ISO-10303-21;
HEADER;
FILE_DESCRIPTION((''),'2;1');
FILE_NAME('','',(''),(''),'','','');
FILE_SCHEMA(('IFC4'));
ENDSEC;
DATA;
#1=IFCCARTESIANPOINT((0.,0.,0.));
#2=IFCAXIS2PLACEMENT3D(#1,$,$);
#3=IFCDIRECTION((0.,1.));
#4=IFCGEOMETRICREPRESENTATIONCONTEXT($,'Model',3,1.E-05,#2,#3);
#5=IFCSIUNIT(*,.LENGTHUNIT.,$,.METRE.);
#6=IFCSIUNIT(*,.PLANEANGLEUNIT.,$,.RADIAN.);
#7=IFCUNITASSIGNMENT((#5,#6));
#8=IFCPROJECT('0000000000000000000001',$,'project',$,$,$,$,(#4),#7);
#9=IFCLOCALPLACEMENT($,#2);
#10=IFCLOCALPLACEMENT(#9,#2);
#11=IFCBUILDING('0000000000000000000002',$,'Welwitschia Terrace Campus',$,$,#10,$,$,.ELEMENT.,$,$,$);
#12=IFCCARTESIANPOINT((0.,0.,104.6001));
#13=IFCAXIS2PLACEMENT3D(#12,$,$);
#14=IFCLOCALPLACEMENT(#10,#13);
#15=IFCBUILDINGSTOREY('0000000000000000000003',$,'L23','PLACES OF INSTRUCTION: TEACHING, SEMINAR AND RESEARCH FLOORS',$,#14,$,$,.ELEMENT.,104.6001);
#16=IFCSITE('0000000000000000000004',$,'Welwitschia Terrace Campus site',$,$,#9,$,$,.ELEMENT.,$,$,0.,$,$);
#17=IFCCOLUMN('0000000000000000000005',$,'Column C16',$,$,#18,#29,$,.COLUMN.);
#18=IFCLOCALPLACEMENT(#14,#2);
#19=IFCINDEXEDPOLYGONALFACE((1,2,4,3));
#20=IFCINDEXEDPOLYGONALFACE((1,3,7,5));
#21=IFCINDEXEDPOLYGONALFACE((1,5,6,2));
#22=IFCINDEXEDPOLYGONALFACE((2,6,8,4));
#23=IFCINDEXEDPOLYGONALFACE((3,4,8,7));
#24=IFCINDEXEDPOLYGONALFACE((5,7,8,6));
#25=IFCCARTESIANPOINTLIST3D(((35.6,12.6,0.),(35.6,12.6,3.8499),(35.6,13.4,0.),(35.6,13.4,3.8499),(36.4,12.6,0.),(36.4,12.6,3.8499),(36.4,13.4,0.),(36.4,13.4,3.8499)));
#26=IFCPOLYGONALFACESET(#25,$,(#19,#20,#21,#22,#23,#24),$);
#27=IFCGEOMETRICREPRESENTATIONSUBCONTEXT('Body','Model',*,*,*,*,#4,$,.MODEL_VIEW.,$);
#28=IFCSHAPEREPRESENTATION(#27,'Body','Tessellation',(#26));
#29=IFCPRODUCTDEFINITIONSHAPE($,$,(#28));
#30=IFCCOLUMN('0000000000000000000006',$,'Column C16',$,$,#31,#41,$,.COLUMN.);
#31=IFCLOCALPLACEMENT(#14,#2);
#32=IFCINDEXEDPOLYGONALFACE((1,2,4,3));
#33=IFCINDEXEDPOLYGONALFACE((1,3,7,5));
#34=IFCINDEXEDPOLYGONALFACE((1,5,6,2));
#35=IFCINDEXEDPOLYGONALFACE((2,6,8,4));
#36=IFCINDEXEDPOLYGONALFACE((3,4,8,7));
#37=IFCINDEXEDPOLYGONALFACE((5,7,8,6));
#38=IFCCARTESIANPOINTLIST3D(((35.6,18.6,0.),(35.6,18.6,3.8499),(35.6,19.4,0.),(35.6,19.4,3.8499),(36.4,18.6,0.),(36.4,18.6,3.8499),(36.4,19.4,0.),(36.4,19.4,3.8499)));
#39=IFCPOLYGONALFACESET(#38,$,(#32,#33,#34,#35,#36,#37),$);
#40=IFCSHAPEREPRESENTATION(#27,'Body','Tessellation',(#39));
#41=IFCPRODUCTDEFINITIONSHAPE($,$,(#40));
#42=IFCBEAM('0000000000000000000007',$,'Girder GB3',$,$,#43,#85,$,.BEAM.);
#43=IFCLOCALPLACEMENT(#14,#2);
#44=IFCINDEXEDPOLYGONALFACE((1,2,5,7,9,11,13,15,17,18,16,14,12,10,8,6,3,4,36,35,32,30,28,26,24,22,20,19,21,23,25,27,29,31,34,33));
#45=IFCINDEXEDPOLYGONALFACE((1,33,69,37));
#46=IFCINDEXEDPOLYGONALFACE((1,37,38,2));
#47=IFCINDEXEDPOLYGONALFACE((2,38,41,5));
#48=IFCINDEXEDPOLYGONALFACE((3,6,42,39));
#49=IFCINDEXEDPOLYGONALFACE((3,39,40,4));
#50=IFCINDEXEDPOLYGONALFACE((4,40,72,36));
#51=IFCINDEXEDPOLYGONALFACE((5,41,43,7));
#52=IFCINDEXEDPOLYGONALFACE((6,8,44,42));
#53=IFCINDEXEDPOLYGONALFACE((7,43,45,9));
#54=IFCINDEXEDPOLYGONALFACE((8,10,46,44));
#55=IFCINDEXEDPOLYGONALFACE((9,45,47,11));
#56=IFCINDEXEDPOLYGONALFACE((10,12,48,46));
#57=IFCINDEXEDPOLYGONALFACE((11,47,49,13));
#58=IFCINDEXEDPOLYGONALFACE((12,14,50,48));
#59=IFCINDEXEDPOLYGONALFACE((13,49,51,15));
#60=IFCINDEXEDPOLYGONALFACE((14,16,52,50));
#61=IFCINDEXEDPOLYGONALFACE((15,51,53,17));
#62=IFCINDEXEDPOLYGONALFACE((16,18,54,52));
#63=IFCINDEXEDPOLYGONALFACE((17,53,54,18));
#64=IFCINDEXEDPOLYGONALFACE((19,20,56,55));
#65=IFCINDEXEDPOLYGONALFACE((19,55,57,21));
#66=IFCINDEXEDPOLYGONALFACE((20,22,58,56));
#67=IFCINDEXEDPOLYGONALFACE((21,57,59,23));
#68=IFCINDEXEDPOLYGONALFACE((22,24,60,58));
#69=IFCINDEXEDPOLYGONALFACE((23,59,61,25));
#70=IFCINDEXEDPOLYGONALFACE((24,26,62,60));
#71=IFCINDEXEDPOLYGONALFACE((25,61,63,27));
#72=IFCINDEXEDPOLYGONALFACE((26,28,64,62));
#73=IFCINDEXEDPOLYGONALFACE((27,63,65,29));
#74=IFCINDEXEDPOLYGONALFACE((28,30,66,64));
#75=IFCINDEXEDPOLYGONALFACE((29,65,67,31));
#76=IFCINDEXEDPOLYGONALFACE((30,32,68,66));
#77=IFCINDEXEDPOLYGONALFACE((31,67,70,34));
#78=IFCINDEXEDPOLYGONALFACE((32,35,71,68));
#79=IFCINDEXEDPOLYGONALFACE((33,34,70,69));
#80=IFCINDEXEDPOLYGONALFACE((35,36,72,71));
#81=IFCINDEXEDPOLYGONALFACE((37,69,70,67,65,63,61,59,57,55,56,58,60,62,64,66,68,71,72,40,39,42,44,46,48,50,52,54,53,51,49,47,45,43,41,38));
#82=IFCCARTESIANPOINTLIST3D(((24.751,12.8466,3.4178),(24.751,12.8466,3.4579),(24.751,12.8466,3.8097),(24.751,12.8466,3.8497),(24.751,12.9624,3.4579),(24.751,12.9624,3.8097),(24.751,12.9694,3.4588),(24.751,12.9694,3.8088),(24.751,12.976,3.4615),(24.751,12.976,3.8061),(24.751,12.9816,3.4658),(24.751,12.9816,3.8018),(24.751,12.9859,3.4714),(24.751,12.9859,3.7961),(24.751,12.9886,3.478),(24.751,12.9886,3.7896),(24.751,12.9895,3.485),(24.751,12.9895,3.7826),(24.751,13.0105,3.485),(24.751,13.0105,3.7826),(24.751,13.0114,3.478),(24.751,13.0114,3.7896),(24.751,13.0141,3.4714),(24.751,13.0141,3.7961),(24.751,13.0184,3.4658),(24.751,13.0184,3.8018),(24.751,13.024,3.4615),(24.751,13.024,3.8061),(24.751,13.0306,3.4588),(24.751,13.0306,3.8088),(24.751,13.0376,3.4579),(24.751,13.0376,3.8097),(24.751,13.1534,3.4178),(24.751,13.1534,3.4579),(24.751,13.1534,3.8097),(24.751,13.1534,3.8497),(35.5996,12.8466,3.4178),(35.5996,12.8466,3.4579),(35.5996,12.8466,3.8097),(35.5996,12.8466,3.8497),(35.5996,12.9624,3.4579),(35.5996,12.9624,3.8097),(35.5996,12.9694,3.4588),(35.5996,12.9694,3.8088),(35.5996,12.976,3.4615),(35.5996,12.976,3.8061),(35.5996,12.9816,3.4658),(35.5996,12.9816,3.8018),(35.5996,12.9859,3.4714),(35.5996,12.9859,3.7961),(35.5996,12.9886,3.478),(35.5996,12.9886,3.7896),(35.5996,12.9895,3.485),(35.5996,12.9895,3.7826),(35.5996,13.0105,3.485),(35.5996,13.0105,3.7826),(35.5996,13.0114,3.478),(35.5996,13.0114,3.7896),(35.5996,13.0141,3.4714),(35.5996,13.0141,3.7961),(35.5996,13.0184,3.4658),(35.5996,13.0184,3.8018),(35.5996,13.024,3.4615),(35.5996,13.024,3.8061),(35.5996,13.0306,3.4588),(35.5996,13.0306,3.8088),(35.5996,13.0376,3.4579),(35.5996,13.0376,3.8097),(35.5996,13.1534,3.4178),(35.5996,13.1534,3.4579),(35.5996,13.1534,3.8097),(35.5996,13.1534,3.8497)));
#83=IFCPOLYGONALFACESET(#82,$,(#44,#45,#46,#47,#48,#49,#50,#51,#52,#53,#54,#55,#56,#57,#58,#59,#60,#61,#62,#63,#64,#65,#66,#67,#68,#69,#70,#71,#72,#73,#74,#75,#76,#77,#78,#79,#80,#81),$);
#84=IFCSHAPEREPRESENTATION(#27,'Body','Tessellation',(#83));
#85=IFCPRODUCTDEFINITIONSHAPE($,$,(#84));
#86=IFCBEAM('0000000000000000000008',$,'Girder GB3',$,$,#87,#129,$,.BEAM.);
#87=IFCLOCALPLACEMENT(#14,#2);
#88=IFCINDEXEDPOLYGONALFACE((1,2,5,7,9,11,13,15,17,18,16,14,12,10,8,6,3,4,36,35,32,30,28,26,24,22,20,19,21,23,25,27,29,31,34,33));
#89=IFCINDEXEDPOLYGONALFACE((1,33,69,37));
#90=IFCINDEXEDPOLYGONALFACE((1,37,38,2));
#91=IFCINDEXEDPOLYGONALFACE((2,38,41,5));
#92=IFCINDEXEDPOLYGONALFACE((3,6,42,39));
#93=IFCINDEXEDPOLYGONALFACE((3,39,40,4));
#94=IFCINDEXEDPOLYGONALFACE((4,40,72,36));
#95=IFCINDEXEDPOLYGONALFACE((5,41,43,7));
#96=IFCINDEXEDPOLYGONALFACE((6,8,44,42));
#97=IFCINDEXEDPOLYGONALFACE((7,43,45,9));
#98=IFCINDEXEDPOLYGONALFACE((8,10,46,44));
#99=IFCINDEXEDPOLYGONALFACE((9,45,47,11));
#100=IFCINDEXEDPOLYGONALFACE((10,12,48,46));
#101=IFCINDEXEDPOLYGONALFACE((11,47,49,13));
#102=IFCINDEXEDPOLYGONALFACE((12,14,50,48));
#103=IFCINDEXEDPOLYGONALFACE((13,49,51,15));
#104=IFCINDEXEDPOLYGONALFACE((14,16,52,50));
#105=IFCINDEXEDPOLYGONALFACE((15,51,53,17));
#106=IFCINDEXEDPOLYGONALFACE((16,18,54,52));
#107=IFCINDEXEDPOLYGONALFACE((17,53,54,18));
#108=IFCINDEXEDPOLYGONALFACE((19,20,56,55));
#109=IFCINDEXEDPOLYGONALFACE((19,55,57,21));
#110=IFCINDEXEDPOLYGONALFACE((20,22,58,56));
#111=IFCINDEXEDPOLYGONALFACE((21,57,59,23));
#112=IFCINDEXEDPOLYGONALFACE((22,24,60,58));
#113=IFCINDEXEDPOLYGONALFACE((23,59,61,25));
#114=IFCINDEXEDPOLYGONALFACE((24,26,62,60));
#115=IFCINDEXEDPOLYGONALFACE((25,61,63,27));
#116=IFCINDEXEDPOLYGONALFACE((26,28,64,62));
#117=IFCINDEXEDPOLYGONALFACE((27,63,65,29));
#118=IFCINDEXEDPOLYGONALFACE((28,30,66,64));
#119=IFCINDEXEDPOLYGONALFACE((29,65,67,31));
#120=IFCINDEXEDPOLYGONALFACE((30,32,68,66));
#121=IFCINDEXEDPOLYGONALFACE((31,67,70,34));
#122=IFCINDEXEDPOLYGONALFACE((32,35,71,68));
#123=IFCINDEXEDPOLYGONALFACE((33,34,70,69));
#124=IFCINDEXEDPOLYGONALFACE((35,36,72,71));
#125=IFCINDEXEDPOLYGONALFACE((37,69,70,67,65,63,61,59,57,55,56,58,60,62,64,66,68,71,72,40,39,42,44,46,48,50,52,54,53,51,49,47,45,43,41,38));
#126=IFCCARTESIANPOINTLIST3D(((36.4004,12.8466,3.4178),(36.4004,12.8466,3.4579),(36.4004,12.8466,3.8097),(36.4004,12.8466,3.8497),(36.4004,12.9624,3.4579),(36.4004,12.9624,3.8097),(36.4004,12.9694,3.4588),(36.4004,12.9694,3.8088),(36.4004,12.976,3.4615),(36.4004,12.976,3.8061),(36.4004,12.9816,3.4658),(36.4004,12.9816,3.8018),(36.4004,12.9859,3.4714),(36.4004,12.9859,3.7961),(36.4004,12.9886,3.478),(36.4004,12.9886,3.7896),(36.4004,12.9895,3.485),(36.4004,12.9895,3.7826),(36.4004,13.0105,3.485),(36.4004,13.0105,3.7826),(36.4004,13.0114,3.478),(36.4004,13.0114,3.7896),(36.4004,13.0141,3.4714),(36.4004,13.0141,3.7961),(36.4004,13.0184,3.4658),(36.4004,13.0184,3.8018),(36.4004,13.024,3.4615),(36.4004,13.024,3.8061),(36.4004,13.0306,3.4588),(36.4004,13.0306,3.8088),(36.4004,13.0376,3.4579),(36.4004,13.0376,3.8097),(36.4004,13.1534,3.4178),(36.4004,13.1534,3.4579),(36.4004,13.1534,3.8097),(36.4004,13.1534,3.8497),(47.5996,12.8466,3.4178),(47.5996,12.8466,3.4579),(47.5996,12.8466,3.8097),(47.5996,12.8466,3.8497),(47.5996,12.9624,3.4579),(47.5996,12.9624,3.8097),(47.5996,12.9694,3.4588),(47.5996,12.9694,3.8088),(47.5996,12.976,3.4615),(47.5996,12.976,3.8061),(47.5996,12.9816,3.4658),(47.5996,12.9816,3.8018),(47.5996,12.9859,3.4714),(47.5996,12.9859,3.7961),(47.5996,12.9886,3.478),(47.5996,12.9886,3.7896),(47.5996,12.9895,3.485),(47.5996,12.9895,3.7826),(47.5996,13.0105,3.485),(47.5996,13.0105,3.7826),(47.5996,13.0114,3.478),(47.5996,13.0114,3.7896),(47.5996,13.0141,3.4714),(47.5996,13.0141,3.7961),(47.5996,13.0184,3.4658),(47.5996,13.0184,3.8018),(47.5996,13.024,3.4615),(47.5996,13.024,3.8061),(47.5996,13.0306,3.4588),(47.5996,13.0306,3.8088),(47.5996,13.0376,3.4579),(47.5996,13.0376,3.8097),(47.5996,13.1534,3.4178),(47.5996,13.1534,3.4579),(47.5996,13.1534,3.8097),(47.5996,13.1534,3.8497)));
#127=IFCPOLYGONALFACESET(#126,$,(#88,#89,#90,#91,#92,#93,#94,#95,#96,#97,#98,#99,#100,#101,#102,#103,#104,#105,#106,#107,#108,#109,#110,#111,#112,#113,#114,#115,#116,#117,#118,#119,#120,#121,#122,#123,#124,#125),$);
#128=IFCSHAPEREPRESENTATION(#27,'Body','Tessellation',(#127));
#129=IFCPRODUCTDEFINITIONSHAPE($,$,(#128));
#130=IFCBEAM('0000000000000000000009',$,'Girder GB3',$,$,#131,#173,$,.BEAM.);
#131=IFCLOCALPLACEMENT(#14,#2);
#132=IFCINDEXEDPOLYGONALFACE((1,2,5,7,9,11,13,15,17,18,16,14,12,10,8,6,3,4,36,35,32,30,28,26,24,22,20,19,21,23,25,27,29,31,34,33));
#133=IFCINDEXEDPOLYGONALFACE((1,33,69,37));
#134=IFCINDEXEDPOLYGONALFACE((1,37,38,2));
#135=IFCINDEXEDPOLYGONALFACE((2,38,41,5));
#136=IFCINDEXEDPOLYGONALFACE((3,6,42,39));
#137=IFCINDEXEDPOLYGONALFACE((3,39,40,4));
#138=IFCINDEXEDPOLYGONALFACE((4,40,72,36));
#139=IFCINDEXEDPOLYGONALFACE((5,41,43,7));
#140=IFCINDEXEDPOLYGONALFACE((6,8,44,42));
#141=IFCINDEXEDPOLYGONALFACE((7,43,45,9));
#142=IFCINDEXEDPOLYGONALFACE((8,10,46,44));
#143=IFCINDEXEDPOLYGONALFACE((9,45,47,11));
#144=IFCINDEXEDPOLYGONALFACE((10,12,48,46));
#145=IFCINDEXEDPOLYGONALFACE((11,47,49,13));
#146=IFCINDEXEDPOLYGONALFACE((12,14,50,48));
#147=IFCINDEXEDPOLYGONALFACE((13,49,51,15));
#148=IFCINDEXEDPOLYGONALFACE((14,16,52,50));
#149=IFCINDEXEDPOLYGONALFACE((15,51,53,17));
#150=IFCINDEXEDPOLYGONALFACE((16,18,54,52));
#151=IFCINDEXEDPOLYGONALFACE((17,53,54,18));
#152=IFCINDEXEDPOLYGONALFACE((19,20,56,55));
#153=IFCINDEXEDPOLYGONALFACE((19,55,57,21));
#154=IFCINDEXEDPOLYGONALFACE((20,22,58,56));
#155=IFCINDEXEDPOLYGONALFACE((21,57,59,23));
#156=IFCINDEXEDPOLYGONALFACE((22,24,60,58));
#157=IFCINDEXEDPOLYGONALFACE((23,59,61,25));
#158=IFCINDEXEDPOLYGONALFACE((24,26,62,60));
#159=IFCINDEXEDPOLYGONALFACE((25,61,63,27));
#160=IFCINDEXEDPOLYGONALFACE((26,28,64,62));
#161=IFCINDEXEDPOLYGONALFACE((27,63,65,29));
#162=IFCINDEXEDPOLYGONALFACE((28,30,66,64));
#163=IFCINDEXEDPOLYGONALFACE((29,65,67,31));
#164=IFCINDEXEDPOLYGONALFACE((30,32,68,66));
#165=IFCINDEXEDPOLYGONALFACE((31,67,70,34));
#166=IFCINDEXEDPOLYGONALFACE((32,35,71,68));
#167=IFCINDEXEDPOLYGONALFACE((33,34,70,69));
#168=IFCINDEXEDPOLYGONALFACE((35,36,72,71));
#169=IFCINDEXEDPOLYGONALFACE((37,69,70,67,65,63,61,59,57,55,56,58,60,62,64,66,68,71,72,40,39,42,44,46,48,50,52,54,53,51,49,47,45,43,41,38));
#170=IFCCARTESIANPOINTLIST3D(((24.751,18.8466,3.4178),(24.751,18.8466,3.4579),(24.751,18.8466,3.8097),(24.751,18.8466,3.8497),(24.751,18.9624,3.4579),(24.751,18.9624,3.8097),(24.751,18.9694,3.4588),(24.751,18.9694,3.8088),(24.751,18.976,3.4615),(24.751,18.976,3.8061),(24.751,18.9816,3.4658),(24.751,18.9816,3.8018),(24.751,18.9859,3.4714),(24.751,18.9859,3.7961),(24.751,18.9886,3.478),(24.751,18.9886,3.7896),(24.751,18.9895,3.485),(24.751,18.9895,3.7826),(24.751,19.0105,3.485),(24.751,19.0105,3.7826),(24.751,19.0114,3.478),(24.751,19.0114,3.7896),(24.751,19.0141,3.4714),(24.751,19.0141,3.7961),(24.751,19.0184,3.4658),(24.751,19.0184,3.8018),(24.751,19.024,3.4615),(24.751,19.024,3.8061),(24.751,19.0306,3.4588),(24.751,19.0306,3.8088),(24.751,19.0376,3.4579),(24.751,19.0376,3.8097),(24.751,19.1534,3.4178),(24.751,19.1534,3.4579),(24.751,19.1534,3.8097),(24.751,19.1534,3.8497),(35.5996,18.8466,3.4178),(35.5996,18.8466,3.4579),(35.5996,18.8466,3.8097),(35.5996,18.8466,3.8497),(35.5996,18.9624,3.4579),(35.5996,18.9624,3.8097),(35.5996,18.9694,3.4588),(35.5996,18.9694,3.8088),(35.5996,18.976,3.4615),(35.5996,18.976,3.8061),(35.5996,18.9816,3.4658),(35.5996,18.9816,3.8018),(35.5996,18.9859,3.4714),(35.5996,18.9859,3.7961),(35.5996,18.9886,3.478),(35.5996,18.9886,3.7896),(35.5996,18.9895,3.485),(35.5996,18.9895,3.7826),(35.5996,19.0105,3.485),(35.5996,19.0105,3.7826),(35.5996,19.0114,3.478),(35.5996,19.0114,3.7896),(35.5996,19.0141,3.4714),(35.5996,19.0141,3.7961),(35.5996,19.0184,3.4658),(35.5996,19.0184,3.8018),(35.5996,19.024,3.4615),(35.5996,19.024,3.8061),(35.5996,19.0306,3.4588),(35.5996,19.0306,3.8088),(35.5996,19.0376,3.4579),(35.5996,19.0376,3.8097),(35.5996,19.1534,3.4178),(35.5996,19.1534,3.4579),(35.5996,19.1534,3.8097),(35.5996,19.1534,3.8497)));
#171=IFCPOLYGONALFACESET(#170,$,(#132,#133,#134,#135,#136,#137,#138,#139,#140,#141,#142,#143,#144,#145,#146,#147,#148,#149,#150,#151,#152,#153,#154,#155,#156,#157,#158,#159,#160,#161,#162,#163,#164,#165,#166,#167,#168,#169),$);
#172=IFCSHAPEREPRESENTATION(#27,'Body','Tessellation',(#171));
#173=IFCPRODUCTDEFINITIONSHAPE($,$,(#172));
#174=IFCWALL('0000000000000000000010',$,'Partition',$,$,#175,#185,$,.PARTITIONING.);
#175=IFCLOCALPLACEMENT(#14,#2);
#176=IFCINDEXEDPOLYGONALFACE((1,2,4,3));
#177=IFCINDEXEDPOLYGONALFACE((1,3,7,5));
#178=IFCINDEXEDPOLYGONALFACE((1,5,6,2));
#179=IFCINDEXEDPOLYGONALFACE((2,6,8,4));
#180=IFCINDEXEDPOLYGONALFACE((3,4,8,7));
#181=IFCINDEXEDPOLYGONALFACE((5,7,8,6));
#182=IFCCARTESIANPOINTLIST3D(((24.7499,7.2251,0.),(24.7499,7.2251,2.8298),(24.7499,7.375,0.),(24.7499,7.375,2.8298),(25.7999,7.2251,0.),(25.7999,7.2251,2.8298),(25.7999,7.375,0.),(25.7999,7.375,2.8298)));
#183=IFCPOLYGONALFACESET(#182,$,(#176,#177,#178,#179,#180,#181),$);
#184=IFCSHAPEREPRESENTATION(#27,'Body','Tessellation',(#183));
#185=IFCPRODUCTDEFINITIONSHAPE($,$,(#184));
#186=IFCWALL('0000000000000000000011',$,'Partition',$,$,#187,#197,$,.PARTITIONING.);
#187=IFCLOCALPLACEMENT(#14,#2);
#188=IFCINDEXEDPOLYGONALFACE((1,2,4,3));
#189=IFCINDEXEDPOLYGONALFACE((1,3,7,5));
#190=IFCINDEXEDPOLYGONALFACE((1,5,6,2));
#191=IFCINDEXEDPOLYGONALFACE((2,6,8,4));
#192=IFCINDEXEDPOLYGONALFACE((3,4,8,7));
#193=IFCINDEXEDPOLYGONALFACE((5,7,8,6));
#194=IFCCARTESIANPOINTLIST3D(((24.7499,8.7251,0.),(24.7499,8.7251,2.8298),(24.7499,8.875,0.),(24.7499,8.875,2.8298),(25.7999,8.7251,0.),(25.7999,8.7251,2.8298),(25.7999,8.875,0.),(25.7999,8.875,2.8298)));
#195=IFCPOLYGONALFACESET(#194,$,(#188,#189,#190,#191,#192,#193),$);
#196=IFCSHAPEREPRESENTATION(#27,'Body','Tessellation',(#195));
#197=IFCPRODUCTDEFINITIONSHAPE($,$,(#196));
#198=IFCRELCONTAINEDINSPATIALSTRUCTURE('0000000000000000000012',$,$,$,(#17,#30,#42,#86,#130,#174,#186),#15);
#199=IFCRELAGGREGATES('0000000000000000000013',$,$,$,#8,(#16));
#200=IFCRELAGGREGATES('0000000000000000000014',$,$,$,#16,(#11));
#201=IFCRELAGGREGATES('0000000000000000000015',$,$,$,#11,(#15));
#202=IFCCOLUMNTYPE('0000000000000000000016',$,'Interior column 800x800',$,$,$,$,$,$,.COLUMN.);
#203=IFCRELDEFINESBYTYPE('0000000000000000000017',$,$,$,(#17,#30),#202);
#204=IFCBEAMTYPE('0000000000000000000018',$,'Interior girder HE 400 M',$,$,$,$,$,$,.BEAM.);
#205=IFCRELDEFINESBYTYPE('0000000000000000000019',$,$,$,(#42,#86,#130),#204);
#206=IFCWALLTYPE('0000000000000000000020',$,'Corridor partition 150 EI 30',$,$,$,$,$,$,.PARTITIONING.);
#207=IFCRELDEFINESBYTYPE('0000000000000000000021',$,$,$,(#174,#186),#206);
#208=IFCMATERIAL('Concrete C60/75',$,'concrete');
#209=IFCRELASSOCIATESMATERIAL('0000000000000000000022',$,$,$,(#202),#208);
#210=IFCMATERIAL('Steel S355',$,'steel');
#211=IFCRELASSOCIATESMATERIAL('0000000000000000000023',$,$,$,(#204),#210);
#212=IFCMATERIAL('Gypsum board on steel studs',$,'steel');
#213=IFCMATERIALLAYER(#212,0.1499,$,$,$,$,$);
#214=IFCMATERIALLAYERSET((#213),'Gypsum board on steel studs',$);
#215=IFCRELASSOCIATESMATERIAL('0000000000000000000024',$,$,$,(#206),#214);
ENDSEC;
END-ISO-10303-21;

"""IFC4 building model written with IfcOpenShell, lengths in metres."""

from ifc_helpers import new_model, si_unit, direction, frame, frame_2d, origin, origin_2d, place, context, subcontext, project, spatial, rectangle, i_section, extrude, material, layer, layer_set, material_profile, profile_set, type_object, element, save


model = new_model("IFC4")

# Units and contexts
model_context = context("Model", 3, precision=1e-05, world=origin(), true_north=direction((0.0, 1.0)))
body_context = subcontext(model_context, "Body", "Model", "MODEL_VIEW")
ifc_project = project(units=[si_unit("LENGTHUNIT", "METRE"), si_unit("PLANEANGLEUNIT", "RADIAN")], contexts=[model_context])

# Site, building, storey
site_placement = place(None, origin())
site = spatial("IfcSite", under=ifc_project, at=site_placement, Name="Welwitschia Terrace Campus site", CompositionType="ELEMENT", RefElevation=0.0)
building_placement = place(site_placement, origin())
building = spatial("IfcBuilding", under=site, at=building_placement, Name="Welwitschia Terrace Campus", CompositionType="ELEMENT")
storey_placement = place(building_placement, frame((0.0, 0.0, 104.6001)))
storey = spatial("IfcBuildingStorey", under=building, at=storey_placement, Name="L23", Description="PLACES OF INSTRUCTION: TEACHING, SEMINAR AND RESEARCH FLOORS", CompositionType="ELEMENT", Elevation=104.6001)

# Columns
ifc_material_1 = material(Name="Concrete C60/75", Category="concrete")
ifc_material_profile_1 = material_profile(ifc_material_1, rectangle(XDim=0.8, YDim=0.8, at=origin_2d()))
ifc_profile_set_1 = profile_set([ifc_material_profile_1], Name="Concrete C60/75")
column_type = type_object("IfcColumnType", Name="Interior column 800x800", PredefinedType="COLUMN", material=ifc_profile_set_1)
for number, where, z_axis, x_axis, name in (
    (1, (36.0, 13.0, 0.0), (0.0, 0.0, 1.0), (1.0, 0.0, 0.0), "Column C16"),
    (2, (36.0, 19.0, 0.0), (0.0, 0.0, 1.0), (1.0, 0.0, 0.0), "Column C16"),
):
    element("IfcColumn", number, at=place(storey_placement, frame(where, z_axis=z_axis, x_axis=x_axis)), inside=storey, type_object=column_type, Name=name, PredefinedType="COLUMN", context=body_context, shape_type="SweptSolid", body=[
        extrude(rectangle(XDim=0.8, YDim=0.8, at=origin_2d()), origin(), (0.0, 0.0, 1.0), 3.8499),
    ])

# Beams
ifc_material_2 = material(Name="Steel S355", Category="steel")
ifc_material_profile_2 = material_profile(ifc_material_2, i_section(OverallWidth=0.3069, OverallDepth=0.4319, WebThickness=0.021, FlangeThickness=0.04, FilletRadius=0.0271, at=origin_2d()))
ifc_profile_set_2 = profile_set([ifc_material_profile_2], Name="Steel S355")
beam_type = type_object("IfcBeamType", Name="Interior girder HE 400 M", PredefinedType="BEAM", material=ifc_profile_set_2)
beam_1_placement = place(storey_placement, frame((24.751, 13.0, 3.6338), z_axis=(1.0, 0.0, 0.0), x_axis=(0.0, 1.0, 0.0)))
element("IfcBeam", 3, at=beam_1_placement, inside=storey, type_object=beam_type, Name="Girder GB3", PredefinedType="BEAM", context=body_context, shape_type="SweptSolid", body=[
    extrude(i_section(OverallWidth=0.3069, OverallDepth=0.4319, WebThickness=0.021, FlangeThickness=0.04, FilletRadius=0.0271, at=origin_2d()), origin(), (0.0, 0.0, 1.0), 10.8486),
])
beam_2_placement = place(storey_placement, frame((36.4004, 13.0, 3.6338), z_axis=(1.0, 0.0, 0.0), x_axis=(0.0, 1.0, 0.0)))
element("IfcBeam", 4, at=beam_2_placement, inside=storey, type_object=beam_type, Name="Girder GB3", PredefinedType="BEAM", context=body_context, shape_type="SweptSolid", body=[
    extrude(i_section(OverallWidth=0.3069, OverallDepth=0.4319, WebThickness=0.021, FlangeThickness=0.04, FilletRadius=0.0271, at=origin_2d()), origin(), (0.0, 0.0, 1.0), 11.1992),
])
beam_3_placement = place(storey_placement, frame((24.751, 19.0, 3.6338), z_axis=(1.0, 0.0, 0.0), x_axis=(0.0, 1.0, 0.0)))
element("IfcBeam", 5, at=beam_3_placement, inside=storey, type_object=beam_type, Name="Girder GB3", PredefinedType="BEAM", context=body_context, shape_type="SweptSolid", body=[
    extrude(i_section(OverallWidth=0.3069, OverallDepth=0.4319, WebThickness=0.021, FlangeThickness=0.04, FilletRadius=0.0271, at=origin_2d()), origin(), (0.0, 0.0, 1.0), 10.8486),
])

# Walls
ifc_material_3 = material(Name="Gypsum board on steel studs", Category="steel")
ifc_layer = layer(ifc_material_3, 0.1499)
ifc_layer_set = layer_set([ifc_layer], Name="Gypsum board on steel studs")
wall_type = type_object("IfcWallType", Name="Corridor partition 150 EI 30", PredefinedType="PARTITIONING", material=ifc_layer_set)
for number, where, z_axis, x_axis, name in (
    (6, (24.75, 7.3, 0.0), (0.0, 0.0, 1.0), (1.0, 0.0, 0.0), "Partition"),
    (7, (24.75, 8.8, 0.0), (0.0, 0.0, 1.0), (1.0, 0.0, 0.0), "Partition"),
):
    element("IfcWall", number, at=place(storey_placement, frame(where, z_axis=z_axis, x_axis=x_axis)), inside=storey, type_object=wall_type, Name=name, PredefinedType="PARTITIONING", context=body_context, shape_type="SweptSolid", body=[
        extrude(rectangle(XDim=1.05, YDim=0.1499, at=frame_2d((0.5249, 0.0))), origin(), (0.0, 0.0, 1.0), 2.8298),
    ])

save(model, "model.ifc")
